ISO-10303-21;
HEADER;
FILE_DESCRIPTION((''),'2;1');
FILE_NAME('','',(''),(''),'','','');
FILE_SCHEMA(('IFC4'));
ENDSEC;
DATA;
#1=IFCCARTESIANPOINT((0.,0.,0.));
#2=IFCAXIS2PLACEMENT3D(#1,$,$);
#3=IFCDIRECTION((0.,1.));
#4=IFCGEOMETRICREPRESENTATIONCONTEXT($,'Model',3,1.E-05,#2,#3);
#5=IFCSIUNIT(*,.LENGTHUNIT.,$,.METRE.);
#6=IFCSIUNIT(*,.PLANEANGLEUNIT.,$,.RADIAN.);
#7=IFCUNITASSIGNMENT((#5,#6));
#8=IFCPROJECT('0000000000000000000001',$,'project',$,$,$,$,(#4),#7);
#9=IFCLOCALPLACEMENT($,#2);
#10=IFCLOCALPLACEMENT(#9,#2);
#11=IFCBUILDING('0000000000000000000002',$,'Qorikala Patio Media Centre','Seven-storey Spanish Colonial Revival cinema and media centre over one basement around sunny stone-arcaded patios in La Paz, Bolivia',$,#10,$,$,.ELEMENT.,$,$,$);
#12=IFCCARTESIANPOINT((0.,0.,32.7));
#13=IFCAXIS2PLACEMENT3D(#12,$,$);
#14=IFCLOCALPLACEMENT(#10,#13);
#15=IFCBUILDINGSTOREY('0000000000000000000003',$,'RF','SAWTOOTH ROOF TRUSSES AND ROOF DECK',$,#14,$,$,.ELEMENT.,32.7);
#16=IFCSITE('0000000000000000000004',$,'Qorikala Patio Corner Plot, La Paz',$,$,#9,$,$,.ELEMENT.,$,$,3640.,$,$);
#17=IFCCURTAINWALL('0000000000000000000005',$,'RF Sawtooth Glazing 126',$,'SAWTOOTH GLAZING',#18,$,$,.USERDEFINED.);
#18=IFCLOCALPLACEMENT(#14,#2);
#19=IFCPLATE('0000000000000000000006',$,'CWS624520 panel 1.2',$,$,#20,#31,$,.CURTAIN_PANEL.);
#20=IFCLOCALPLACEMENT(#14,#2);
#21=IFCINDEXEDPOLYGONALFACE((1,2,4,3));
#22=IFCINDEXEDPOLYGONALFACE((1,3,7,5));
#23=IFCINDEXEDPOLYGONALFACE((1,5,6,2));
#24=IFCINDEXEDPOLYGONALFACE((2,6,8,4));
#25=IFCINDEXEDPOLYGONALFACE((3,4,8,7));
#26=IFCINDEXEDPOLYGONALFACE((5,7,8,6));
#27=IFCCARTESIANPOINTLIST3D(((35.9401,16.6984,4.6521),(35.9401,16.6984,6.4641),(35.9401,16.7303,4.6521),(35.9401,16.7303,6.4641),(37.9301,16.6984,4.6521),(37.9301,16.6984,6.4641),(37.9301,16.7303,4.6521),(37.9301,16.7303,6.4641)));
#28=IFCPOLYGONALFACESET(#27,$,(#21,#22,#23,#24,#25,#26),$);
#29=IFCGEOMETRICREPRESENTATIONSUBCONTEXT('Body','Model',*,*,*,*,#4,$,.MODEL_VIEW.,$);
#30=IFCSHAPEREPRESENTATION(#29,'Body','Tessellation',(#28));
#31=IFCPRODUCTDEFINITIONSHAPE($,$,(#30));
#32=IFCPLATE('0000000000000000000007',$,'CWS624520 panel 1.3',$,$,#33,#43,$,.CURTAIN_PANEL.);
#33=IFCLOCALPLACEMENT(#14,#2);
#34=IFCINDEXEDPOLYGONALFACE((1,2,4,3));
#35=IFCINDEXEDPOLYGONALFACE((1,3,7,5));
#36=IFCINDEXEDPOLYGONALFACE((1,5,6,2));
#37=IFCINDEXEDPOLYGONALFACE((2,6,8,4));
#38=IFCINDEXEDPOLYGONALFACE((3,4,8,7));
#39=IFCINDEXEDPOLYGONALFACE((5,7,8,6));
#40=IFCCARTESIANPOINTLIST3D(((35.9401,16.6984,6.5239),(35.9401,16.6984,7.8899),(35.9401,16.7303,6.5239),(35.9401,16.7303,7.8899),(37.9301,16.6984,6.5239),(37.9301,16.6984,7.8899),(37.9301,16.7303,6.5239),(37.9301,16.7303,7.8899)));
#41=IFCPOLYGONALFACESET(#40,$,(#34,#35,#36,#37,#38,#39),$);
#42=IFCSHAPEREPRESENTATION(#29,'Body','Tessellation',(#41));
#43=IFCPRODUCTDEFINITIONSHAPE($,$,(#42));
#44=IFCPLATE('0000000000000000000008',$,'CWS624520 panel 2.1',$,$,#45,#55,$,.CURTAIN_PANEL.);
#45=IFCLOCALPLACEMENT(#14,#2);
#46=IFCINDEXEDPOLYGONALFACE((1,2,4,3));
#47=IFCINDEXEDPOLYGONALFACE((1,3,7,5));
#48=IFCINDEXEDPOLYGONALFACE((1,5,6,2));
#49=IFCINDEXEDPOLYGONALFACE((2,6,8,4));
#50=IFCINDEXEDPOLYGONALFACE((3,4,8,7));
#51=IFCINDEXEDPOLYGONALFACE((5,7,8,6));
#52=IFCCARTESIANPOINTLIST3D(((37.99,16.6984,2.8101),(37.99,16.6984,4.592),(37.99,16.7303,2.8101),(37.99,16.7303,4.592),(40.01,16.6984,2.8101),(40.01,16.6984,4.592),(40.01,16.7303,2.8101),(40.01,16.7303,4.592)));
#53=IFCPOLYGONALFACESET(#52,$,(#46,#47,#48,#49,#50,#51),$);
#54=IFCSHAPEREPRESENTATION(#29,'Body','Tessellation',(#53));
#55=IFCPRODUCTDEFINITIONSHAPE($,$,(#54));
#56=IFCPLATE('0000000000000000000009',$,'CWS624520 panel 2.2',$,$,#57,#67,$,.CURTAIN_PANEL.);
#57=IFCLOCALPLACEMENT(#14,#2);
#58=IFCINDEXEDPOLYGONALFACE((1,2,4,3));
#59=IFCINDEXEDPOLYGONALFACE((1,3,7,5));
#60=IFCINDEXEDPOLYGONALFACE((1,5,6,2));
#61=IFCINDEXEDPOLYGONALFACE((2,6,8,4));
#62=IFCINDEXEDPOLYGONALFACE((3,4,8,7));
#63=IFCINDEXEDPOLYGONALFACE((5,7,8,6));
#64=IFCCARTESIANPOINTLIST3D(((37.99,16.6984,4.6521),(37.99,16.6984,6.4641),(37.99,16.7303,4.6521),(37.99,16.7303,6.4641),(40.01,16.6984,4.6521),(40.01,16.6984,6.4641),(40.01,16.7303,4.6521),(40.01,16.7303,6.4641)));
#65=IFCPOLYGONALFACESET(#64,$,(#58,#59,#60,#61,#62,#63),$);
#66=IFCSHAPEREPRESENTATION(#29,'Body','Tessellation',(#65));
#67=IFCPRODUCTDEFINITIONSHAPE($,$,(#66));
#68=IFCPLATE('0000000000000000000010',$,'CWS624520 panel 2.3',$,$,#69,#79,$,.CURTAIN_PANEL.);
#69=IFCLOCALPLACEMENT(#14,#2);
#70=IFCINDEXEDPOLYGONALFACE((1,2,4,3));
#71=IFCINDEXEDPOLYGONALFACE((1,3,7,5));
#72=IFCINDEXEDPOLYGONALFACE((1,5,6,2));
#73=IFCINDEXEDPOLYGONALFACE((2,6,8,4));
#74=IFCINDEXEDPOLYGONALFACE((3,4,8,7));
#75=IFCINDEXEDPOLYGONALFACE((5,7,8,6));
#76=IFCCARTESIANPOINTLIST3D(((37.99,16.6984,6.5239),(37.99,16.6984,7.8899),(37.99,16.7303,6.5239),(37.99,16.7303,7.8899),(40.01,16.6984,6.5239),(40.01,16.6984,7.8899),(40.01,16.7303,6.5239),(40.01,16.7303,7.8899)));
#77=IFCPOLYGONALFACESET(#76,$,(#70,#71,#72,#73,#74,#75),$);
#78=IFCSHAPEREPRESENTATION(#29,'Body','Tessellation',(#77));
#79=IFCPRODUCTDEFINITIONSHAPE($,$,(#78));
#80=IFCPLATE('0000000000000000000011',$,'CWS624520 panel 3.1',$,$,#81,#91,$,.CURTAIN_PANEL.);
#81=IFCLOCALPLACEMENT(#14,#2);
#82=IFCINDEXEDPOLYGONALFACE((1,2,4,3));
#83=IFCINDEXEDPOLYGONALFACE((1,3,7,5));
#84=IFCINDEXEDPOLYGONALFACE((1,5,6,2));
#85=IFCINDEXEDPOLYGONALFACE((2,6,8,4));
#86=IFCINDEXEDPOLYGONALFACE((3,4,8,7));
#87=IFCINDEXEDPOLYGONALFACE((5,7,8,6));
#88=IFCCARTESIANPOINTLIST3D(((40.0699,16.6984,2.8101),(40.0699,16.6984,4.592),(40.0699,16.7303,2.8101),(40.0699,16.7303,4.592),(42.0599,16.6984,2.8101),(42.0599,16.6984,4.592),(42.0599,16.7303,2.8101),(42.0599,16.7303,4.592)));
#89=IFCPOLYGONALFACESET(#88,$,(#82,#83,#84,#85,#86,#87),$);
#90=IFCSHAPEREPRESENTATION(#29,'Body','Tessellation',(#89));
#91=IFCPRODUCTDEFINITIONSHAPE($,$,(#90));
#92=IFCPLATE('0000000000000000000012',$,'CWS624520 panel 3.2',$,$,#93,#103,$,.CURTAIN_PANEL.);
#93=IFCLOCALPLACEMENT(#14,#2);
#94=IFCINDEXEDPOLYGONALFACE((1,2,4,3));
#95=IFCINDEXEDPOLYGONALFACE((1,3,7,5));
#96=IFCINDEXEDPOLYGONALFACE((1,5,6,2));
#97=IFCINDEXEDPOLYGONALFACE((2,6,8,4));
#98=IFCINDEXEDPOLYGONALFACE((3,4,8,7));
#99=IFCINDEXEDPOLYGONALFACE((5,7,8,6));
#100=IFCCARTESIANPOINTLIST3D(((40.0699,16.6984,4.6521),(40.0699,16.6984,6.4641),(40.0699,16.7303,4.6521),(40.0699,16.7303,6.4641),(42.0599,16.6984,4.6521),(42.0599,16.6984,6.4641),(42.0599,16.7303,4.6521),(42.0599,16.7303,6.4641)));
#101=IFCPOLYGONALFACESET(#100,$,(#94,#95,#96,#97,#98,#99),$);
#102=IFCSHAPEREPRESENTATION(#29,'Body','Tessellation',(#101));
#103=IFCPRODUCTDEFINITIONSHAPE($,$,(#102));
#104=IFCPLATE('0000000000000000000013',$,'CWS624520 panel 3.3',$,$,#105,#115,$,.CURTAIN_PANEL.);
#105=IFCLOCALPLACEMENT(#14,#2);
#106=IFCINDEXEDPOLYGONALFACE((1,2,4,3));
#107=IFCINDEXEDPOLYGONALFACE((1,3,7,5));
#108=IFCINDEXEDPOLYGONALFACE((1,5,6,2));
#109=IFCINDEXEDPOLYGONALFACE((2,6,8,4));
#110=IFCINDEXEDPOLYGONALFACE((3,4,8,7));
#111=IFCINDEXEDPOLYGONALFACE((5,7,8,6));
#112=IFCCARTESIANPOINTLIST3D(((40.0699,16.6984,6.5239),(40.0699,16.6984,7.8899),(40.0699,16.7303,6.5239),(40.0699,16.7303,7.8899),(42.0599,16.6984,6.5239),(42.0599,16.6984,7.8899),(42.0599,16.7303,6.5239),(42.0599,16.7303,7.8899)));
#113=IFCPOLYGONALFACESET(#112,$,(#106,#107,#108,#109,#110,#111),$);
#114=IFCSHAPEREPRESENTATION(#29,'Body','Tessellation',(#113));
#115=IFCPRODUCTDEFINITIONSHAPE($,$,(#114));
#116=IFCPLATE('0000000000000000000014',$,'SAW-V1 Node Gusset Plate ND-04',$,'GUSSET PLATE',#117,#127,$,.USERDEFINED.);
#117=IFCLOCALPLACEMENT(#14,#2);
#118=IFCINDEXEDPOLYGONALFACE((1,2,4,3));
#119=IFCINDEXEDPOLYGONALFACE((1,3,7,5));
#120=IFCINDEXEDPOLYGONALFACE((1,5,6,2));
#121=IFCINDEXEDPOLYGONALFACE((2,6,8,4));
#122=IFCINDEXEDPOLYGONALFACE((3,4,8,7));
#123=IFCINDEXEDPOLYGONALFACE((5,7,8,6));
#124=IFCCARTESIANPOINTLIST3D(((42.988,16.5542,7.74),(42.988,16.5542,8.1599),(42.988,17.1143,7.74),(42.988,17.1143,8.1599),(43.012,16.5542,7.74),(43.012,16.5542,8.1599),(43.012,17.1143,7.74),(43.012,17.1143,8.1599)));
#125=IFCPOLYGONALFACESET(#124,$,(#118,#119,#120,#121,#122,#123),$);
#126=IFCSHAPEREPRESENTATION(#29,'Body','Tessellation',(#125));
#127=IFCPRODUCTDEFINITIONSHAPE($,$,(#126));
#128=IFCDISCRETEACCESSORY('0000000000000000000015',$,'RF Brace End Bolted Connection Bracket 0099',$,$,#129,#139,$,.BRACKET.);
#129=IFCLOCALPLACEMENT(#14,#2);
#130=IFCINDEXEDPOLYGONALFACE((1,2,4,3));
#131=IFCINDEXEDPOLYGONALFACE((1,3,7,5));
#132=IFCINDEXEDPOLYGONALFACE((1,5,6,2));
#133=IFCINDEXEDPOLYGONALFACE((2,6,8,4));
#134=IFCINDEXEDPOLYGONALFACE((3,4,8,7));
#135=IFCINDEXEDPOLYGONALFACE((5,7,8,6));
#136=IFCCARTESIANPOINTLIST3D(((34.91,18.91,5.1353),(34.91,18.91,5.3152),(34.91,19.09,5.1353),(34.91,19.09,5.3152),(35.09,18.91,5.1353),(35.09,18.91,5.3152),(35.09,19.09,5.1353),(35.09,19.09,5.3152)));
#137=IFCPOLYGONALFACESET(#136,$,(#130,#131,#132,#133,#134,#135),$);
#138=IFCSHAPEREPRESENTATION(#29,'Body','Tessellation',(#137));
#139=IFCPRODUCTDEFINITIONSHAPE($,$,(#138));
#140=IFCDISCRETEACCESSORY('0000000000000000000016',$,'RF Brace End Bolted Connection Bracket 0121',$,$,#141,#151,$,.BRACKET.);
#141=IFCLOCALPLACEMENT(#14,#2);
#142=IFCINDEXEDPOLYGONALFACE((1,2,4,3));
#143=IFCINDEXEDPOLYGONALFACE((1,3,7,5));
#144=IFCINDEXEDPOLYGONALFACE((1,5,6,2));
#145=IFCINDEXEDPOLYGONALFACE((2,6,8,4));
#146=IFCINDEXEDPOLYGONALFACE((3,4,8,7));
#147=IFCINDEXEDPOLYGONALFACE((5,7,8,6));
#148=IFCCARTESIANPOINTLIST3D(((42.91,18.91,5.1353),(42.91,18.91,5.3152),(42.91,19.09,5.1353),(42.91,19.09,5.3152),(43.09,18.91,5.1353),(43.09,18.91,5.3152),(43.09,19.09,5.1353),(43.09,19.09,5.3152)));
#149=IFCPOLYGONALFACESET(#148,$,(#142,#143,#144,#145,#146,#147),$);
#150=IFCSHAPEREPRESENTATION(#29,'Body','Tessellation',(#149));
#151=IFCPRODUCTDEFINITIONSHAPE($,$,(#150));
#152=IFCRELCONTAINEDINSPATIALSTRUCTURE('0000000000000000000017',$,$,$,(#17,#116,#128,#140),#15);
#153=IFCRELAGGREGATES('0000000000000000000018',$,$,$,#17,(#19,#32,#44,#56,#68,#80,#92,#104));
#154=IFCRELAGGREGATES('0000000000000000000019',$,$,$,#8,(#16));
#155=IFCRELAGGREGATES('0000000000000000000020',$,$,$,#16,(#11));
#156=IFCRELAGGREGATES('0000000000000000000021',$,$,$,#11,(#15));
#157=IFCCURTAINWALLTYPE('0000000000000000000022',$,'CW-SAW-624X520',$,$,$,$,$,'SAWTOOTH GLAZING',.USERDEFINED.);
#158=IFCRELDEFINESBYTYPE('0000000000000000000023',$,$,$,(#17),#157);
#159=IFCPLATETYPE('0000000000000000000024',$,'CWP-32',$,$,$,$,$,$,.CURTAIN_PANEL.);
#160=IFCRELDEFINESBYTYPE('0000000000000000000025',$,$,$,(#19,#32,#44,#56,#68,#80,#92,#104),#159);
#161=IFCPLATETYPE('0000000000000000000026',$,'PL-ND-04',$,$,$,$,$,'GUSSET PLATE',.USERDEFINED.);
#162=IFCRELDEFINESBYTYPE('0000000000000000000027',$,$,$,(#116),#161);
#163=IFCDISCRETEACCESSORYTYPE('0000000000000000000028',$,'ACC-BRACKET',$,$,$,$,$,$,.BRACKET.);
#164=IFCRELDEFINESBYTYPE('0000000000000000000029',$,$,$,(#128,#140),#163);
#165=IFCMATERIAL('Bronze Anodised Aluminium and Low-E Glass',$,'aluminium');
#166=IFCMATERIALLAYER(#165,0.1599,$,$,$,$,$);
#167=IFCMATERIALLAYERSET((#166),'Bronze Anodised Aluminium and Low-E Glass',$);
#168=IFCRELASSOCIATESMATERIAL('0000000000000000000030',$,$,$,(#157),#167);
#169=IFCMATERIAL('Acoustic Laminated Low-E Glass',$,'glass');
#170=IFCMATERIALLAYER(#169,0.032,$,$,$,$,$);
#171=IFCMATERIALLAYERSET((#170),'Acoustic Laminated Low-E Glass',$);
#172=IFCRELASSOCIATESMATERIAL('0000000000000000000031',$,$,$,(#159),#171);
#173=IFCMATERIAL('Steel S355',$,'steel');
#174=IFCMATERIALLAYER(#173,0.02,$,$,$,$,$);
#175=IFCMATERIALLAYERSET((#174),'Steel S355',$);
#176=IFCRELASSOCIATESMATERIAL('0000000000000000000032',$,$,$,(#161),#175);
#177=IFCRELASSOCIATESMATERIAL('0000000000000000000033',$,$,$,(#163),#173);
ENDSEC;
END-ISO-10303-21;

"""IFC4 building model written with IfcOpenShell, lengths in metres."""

from ifc_helpers import new_model, si_unit, direction, frame, origin, origin_2d, place, context, subcontext, project, spatial, rectangle, extrude, material, layer, layer_set, type_object, element, aggregate, save


model = new_model("IFC4")

# Units and contexts
model_context = context("Model", 3, precision=1e-05, world=origin(), true_north=direction((0.0, 1.0)))
body_context = subcontext(model_context, "Body", "Model", "MODEL_VIEW")
ifc_project = project(units=[si_unit("LENGTHUNIT", "METRE"), si_unit("PLANEANGLEUNIT", "RADIAN")], contexts=[model_context])

# Site, building, storey
site_placement = place(None, origin())
site = spatial("IfcSite", under=ifc_project, at=site_placement, Name="Qorikala Patio Corner Plot, La Paz", CompositionType="ELEMENT", RefElevation=3640.0)
building_placement = place(site_placement, origin())
building = spatial("IfcBuilding", under=site, at=building_placement, Name="Qorikala Patio Media Centre", Description="Seven-storey Spanish Colonial Revival cinema and media centre over one basement around sunny stone-arcaded patios in La Paz, Bolivia", CompositionType="ELEMENT")
storey_placement = place(building_placement, frame((0.0, 0.0, 32.7)))
storey = spatial("IfcBuildingStorey", under=building, at=storey_placement, Name="RF", Description="SAWTOOTH ROOF TRUSSES AND ROOF DECK", CompositionType="ELEMENT", Elevation=32.7)

# Shared definitions
ifc_material_1 = material(Name="Steel S355", Category="steel")

# Curtain wall
ifc_material_2 = material(Name="Bronze Anodised Aluminium and Low-E Glass", Category="aluminium")
ifc_layer_1 = layer(ifc_material_2, 0.1599)
ifc_layer_set_1 = layer_set([ifc_layer_1], Name="Bronze Anodised Aluminium and Low-E Glass")
curtain_wall_type = type_object("IfcCurtainWallType", Name="CW-SAW-624X520", ElementType="SAWTOOTH GLAZING", PredefinedType="USERDEFINED", material=ifc_layer_set_1)
curtain_wall_placement = place(storey_placement, origin())
curtain_wall = element("IfcCurtainWall", 1, at=curtain_wall_placement, inside=storey, type_object=curtain_wall_type, Name="RF Sawtooth Glazing 126", ObjectType="SAWTOOTH GLAZING", PredefinedType="USERDEFINED")

# Plates
ifc_material_3 = material(Name="Acoustic Laminated Low-E Glass", Category="glass")
ifc_layer_2 = layer(ifc_material_3, 0.032)
ifc_layer_set_2 = layer_set([ifc_layer_2], Name="Acoustic Laminated Low-E Glass")
plate_type_1 = type_object("IfcPlateType", Name="CWP-32", PredefinedType="CURTAIN_PANEL", material=ifc_layer_set_2)
plate_1_placement = place(storey_placement, frame((36.9351, 16.7144, 4.6521), z_axis=(0.0, 0.0, 1.0), x_axis=(1.0, 0.0, 0.0)))
plate_1 = element("IfcPlate", 2, at=plate_1_placement, type_object=plate_type_1, Name="CWS624520 panel 1.2", PredefinedType="CURTAIN_PANEL", context=body_context, shape_type="SweptSolid", body=[
    extrude(rectangle(XDim=1.99, YDim=0.032, at=origin_2d()), origin(), (0.0, 0.0, 1.0), 1.812),
])
plate_2_placement = place(storey_placement, frame((36.9351, 16.7144, 6.5239), z_axis=(0.0, 0.0, 1.0), x_axis=(1.0, 0.0, 0.0)))
plate_2 = element("IfcPlate", 3, at=plate_2_placement, type_object=plate_type_1, Name="CWS624520 panel 1.3", PredefinedType="CURTAIN_PANEL", context=body_context, shape_type="SweptSolid", body=[
    extrude(rectangle(XDim=1.99, YDim=0.032, at=origin_2d()), origin(), (0.0, 0.0, 1.0), 1.366),
])
plate_3_placement = place(storey_placement, frame((39.0, 16.7144, 2.8101), z_axis=(0.0, 0.0, 1.0), x_axis=(1.0, 0.0, 0.0)))
plate_3 = element("IfcPlate", 4, at=plate_3_placement, type_object=plate_type_1, Name="CWS624520 panel 2.1", PredefinedType="CURTAIN_PANEL", context=body_context, shape_type="SweptSolid", body=[
    extrude(rectangle(XDim=2.02, YDim=0.032, at=origin_2d()), origin(), (0.0, 0.0, 1.0), 1.782),
])
plate_4_placement = place(storey_placement, frame((39.0, 16.7144, 4.6521), z_axis=(0.0, 0.0, 1.0), x_axis=(1.0, 0.0, 0.0)))
plate_4 = element("IfcPlate", 5, at=plate_4_placement, type_object=plate_type_1, Name="CWS624520 panel 2.2", PredefinedType="CURTAIN_PANEL", context=body_context, shape_type="SweptSolid", body=[
    extrude(rectangle(XDim=2.02, YDim=0.032, at=origin_2d()), origin(), (0.0, 0.0, 1.0), 1.812),
])
plate_5_placement = place(storey_placement, frame((39.0, 16.7144, 6.5239), z_axis=(0.0, 0.0, 1.0), x_axis=(1.0, 0.0, 0.0)))
plate_5 = element("IfcPlate", 6, at=plate_5_placement, type_object=plate_type_1, Name="CWS624520 panel 2.3", PredefinedType="CURTAIN_PANEL", context=body_context, shape_type="SweptSolid", body=[
    extrude(rectangle(XDim=2.02, YDim=0.032, at=origin_2d()), origin(), (0.0, 0.0, 1.0), 1.366),
])
plate_6_placement = place(storey_placement, frame((41.0649, 16.7144, 2.8101), z_axis=(0.0, 0.0, 1.0), x_axis=(1.0, 0.0, 0.0)))
plate_6 = element("IfcPlate", 7, at=plate_6_placement, type_object=plate_type_1, Name="CWS624520 panel 3.1", PredefinedType="CURTAIN_PANEL", context=body_context, shape_type="SweptSolid", body=[
    extrude(rectangle(XDim=1.99, YDim=0.032, at=origin_2d()), origin(), (0.0, 0.0, 1.0), 1.782),
])
plate_7_placement = place(storey_placement, frame((41.0649, 16.7144, 4.6521), z_axis=(0.0, 0.0, 1.0), x_axis=(1.0, 0.0, 0.0)))
plate_7 = element("IfcPlate", 8, at=plate_7_placement, type_object=plate_type_1, Name="CWS624520 panel 3.2", PredefinedType="CURTAIN_PANEL", context=body_context, shape_type="SweptSolid", body=[
    extrude(rectangle(XDim=1.99, YDim=0.032, at=origin_2d()), origin(), (0.0, 0.0, 1.0), 1.812),
])
plate_8_placement = place(storey_placement, frame((41.0649, 16.7144, 6.5239), z_axis=(0.0, 0.0, 1.0), x_axis=(1.0, 0.0, 0.0)))
plate_8 = element("IfcPlate", 9, at=plate_8_placement, type_object=plate_type_1, Name="CWS624520 panel 3.3", PredefinedType="CURTAIN_PANEL", context=body_context, shape_type="SweptSolid", body=[
    extrude(rectangle(XDim=1.99, YDim=0.032, at=origin_2d()), origin(), (0.0, 0.0, 1.0), 1.366),
])
aggregate(curtain_wall, [plate_1, plate_2, plate_3, plate_4, plate_5, plate_6, plate_7, plate_8])
ifc_layer_3 = layer(ifc_material_1, 0.02)
ifc_layer_set_3 = layer_set([ifc_layer_3], Name="Steel S355")
plate_type_2 = type_object("IfcPlateType", Name="PL-ND-04", ElementType="GUSSET PLATE", PredefinedType="USERDEFINED", material=ifc_layer_set_3)
plate_9_placement = place(storey_placement, frame((43.0, 16.8342, 7.74), z_axis=(0.0, 0.0, 1.0), x_axis=(1.0, 0.0, 0.0)))
element("IfcPlate", 10, at=plate_9_placement, inside=storey, type_object=plate_type_2, Name="SAW-V1 Node Gusset Plate ND-04", ObjectType="GUSSET PLATE", PredefinedType="USERDEFINED", context=body_context, shape_type="SweptSolid", body=[
    extrude(rectangle(XDim=0.0239, YDim=0.5601, at=origin_2d()), origin(), (0.0, 0.0, 1.0), 0.4199),
])

# Discrete accessories
discrete_accessory_type = type_object("IfcDiscreteAccessoryType", Name="ACC-BRACKET", PredefinedType="BRACKET", material=ifc_material_1)
for number, where, z_axis, x_axis, name in (
    (11, (35.0, 19.0, 5.1353), (0.0, 0.0, 1.0), (1.0, 0.0, 0.0), "RF Brace End Bolted Connection Bracket 0099"),
    (12, (43.0, 19.0, 5.1353), (0.0, 0.0, 1.0), (1.0, 0.0, 0.0), "RF Brace End Bolted Connection Bracket 0121"),
):
    element("IfcDiscreteAccessory", number, at=place(storey_placement, frame(where, z_axis=z_axis, x_axis=x_axis)), inside=storey, type_object=discrete_accessory_type, Name=name, PredefinedType="BRACKET", context=body_context, shape_type="SweptSolid", body=[
        extrude(rectangle(XDim=0.1799, YDim=0.1799, at=origin_2d()), origin(), (0.0, 0.0, 1.0), 0.1799),
    ])

save(model, "model.ifc")
